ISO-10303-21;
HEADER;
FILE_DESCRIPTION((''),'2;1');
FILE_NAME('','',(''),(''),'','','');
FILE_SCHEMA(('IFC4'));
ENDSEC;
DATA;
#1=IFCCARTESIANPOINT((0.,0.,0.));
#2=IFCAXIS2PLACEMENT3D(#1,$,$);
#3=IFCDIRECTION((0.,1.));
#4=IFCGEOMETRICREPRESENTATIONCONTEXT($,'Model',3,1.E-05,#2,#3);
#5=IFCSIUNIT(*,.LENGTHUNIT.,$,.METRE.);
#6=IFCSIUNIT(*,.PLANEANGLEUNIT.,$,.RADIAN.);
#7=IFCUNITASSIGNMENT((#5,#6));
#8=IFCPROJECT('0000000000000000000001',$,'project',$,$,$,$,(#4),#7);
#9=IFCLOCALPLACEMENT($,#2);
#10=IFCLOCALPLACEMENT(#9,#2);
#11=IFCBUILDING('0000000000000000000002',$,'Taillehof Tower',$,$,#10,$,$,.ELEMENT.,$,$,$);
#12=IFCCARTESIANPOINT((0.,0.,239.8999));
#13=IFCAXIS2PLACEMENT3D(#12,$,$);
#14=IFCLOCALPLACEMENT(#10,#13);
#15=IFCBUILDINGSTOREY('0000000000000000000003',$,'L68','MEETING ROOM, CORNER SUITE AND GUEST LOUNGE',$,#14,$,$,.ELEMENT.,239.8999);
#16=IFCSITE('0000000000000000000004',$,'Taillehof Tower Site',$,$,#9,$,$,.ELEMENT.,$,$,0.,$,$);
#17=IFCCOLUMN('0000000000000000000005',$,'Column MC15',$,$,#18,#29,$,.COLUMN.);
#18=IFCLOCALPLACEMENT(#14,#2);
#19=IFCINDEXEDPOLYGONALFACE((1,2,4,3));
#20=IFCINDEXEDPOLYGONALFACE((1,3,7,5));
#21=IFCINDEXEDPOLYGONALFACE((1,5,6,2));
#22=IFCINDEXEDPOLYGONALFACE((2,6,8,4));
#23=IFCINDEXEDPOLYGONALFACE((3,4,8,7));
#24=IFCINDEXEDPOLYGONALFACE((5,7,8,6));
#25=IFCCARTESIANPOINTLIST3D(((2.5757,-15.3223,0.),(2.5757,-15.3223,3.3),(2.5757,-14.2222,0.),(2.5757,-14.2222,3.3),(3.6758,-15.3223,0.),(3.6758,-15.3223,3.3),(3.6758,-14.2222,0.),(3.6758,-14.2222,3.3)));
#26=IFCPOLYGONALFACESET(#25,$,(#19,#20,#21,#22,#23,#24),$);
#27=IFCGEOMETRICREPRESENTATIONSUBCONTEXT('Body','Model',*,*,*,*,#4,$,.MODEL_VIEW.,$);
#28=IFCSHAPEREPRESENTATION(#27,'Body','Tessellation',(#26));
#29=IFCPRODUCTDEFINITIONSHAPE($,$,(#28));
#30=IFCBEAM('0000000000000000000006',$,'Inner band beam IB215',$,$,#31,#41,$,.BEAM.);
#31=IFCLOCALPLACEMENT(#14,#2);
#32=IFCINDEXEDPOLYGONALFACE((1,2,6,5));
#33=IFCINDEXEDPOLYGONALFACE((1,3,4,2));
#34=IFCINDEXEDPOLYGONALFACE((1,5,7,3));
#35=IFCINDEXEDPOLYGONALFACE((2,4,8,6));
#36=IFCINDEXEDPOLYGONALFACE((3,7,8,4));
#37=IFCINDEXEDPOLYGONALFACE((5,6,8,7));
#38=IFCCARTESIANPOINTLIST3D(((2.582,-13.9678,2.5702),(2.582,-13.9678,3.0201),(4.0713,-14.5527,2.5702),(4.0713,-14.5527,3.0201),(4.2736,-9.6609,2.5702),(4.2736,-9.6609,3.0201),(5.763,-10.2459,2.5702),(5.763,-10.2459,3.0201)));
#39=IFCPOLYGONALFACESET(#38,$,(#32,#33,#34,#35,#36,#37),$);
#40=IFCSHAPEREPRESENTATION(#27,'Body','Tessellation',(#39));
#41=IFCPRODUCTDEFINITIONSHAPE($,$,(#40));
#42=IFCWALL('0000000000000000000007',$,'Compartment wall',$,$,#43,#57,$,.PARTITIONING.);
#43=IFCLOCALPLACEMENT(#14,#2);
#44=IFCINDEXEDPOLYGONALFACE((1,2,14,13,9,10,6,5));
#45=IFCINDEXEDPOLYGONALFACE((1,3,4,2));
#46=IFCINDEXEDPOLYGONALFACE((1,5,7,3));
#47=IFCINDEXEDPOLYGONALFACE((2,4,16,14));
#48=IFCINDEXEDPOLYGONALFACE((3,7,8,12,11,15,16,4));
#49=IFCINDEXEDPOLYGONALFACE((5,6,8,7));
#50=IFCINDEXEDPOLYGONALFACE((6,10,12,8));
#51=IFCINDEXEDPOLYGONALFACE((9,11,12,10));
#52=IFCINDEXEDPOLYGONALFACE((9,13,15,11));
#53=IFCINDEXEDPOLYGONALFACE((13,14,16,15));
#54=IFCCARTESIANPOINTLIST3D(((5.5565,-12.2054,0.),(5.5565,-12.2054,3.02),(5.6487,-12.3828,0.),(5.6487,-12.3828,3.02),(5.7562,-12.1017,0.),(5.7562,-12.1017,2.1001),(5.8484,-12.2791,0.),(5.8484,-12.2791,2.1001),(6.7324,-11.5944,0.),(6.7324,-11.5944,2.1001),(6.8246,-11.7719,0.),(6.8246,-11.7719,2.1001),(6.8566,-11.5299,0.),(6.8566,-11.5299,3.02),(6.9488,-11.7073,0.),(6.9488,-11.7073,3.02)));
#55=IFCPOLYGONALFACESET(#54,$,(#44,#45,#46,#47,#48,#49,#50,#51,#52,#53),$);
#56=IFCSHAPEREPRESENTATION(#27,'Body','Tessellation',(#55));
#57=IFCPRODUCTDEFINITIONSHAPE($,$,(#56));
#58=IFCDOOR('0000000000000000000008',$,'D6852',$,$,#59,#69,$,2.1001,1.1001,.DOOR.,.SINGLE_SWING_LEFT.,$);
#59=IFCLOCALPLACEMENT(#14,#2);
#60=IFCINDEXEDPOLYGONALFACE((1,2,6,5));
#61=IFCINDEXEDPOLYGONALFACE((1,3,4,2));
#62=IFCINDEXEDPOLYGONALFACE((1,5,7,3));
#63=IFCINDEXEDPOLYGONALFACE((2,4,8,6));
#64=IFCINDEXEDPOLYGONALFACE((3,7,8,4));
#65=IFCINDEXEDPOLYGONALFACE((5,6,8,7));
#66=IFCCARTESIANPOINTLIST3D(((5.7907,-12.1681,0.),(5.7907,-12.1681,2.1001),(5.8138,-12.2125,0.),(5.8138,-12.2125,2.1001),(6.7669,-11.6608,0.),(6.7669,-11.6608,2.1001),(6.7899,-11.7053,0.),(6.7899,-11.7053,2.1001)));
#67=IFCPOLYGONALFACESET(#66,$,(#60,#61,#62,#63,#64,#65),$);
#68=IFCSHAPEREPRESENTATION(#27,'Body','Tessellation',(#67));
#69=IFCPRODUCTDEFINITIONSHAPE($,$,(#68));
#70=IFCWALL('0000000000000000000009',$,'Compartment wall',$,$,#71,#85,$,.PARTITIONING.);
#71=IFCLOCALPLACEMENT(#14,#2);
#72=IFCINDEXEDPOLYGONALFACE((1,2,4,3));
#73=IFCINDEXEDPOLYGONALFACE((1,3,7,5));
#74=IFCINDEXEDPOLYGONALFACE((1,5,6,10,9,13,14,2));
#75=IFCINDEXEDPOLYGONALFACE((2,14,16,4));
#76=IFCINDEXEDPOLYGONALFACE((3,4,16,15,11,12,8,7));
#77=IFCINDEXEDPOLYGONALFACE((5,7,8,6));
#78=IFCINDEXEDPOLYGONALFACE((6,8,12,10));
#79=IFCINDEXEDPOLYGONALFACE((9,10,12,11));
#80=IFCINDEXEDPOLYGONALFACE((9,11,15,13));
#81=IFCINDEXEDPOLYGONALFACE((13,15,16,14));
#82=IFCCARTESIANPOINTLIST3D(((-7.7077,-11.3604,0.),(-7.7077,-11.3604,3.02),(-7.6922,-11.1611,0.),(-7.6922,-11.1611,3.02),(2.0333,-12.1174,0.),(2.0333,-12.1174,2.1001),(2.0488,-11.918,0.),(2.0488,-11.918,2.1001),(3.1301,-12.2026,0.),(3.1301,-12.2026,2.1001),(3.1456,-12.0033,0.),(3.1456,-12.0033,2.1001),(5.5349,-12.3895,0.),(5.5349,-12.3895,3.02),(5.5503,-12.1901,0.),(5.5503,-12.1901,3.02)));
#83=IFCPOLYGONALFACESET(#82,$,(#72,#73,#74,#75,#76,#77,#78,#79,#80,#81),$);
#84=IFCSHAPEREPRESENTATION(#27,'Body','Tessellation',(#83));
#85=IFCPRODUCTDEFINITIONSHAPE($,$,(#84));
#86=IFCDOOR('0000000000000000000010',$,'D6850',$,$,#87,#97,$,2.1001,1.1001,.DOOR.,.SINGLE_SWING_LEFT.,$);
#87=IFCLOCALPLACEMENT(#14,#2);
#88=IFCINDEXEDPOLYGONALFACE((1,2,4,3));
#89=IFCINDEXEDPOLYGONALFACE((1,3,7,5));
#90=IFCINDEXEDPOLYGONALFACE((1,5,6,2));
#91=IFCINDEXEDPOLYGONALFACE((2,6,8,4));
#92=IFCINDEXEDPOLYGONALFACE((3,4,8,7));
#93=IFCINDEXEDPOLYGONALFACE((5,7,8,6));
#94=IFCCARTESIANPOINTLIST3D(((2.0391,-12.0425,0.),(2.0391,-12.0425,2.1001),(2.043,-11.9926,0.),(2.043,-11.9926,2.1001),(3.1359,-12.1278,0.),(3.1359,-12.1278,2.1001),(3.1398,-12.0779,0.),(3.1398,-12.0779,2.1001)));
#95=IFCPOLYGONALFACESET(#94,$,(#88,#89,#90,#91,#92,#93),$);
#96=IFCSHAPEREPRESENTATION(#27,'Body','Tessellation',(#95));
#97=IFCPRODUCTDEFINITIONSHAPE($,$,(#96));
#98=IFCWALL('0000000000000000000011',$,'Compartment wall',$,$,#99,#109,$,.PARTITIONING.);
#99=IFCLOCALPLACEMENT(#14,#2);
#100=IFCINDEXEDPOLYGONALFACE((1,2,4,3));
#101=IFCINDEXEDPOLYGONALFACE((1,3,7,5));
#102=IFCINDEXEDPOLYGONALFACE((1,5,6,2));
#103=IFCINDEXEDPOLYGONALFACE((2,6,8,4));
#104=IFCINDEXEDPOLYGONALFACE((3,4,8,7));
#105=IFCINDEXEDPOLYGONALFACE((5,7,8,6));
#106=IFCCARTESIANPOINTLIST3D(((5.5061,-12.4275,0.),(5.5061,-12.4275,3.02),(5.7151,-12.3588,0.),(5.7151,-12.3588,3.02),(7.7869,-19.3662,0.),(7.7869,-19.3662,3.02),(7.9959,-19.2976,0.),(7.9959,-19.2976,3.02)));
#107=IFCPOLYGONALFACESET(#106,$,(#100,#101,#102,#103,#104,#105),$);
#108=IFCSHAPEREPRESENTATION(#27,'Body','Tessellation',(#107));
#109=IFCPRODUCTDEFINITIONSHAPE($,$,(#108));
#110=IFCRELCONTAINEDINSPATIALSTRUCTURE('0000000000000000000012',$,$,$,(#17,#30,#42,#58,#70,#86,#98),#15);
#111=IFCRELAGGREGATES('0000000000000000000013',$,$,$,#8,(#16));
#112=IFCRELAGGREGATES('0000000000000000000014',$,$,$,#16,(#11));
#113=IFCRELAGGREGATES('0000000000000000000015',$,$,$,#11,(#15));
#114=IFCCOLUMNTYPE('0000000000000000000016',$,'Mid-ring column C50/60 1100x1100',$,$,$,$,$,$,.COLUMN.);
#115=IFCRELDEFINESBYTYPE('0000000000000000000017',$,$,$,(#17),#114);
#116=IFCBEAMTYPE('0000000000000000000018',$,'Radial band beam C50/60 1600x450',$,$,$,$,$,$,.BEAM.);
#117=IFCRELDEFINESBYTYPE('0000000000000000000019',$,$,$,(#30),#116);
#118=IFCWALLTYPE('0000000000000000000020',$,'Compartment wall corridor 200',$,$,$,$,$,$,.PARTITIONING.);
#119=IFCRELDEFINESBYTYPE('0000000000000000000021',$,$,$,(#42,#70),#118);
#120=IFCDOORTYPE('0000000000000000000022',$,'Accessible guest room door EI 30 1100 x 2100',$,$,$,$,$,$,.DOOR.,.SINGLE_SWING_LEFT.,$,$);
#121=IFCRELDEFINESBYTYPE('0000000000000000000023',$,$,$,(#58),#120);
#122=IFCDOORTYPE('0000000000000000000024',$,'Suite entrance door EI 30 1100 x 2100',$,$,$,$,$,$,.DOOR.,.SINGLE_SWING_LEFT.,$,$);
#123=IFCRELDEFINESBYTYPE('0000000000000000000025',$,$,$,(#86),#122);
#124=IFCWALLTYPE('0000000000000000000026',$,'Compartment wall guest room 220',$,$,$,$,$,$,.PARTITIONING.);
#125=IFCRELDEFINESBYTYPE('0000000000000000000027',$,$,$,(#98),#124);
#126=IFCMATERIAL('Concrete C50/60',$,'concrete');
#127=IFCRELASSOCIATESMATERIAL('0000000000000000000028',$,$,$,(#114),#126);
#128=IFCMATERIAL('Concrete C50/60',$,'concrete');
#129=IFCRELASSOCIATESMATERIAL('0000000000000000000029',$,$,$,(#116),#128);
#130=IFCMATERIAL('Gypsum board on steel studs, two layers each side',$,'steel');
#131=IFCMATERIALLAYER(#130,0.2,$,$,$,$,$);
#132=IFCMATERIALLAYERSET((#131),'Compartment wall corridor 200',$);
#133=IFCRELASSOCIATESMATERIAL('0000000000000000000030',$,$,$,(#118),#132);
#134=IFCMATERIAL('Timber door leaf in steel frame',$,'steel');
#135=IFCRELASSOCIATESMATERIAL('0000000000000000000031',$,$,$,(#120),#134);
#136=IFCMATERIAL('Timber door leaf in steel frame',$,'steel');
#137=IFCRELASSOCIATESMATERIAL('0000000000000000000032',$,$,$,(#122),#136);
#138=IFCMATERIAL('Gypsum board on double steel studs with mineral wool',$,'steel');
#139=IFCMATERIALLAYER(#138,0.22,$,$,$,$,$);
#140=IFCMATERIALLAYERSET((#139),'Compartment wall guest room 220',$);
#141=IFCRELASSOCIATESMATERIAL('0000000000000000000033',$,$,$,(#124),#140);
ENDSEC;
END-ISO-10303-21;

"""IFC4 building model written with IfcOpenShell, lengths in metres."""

from ifc_helpers import new_model, si_unit, direction, frame, frame_2d, origin, origin_2d, place, context, subcontext, project, spatial, rectangle, extrude, material, layer, layer_set, material_profile, profile_set, type_object, element, fill, save


model = new_model("IFC4")

# Units and contexts
model_context = context("Model", 3, precision=1e-05, world=origin(), true_north=direction((0.0, 1.0)))
body_context = subcontext(model_context, "Body", "Model", "MODEL_VIEW")
ifc_project = project(units=[si_unit("LENGTHUNIT", "METRE"), si_unit("PLANEANGLEUNIT", "RADIAN")], contexts=[model_context])

# Site, building, storey
site_placement = place(None, origin())
site = spatial("IfcSite", under=ifc_project, at=site_placement, Name="Taillehof Tower Site", CompositionType="ELEMENT", RefElevation=0.0)
building_placement = place(site_placement, origin())
building = spatial("IfcBuilding", under=site, at=building_placement, Name="Taillehof Tower", CompositionType="ELEMENT")
storey_placement = place(building_placement, frame((0.0, 0.0, 239.8999)))
storey = spatial("IfcBuildingStorey", under=building, at=storey_placement, Name="L68", Description="MEETING ROOM, CORNER SUITE AND GUEST LOUNGE", CompositionType="ELEMENT", Elevation=239.8999)

# Column
ifc_material_1 = material(Name="Concrete C50/60", Category="concrete")
ifc_material_profile_1 = material_profile(ifc_material_1, rectangle(XDim=1.1001, YDim=1.1001, at=origin_2d()), Name="RC 1100x1100")
ifc_profile_set_1 = profile_set([ifc_material_profile_1], Name="Concrete C50/60")
column_type = type_object("IfcColumnType", Name="Mid-ring column C50/60 1100x1100", PredefinedType="COLUMN", material=ifc_profile_set_1)
column_placement = place(storey_placement, frame((3.1257, -14.7722, 0.0), z_axis=(0.0, 0.0, 1.0), x_axis=(1.0, 0.0, 0.0)))
element("IfcColumn", 1, at=column_placement, inside=storey, type_object=column_type, Name="Column MC15", PredefinedType="COLUMN", context=body_context, shape_type="SweptSolid", body=[
    extrude(rectangle(XDim=1.1001, YDim=1.1001, at=origin_2d()), origin(), (0.0, 0.0, 1.0), 3.3),
])

# Beam
ifc_material_2 = material(Name="Concrete C50/60", Category="concrete")
ifc_material_profile_2 = material_profile(ifc_material_2, rectangle(XDim=1.6001, YDim=0.45, at=origin_2d()), Name="RC 1600x450")
ifc_profile_set_2 = profile_set([ifc_material_profile_2], Name="Concrete C50/60")
beam_type = type_object("IfcBeamType", Name="Radial band beam C50/60 1600x450", PredefinedType="BEAM", material=ifc_profile_set_2)
beam_placement = place(storey_placement, frame((3.3267, -14.2603, 2.7952), z_axis=(0.365589, 0.930777, 0.0), x_axis=(-0.930777, 0.365589, 0.0)))
element("IfcBeam", 2, at=beam_placement, inside=storey, type_object=beam_type, Name="Inner band beam IB215", PredefinedType="BEAM", context=body_context, shape_type="SweptSolid", body=[
    extrude(rectangle(XDim=1.6001, YDim=0.45, at=origin_2d()), origin(), (0.0, 0.0, 1.0), 4.6272),
])

# Walls, openings, doors
ifc_material_3 = material(Name="Gypsum board on steel studs, two layers each side", Category="steel")
ifc_layer_1 = layer(ifc_material_3, 0.2)
ifc_layer_set_1 = layer_set([ifc_layer_1], Name="Compartment wall corridor 200")
wall_type_1 = type_object("IfcWallType", Name="Compartment wall corridor 200", PredefinedType="PARTITIONING", material=ifc_layer_set_1)
wall_1_placement = place(storey_placement, frame((6.9026, -11.6187, 0.0), z_axis=(0.0, 0.0, 1.0), x_axis=(-0.887353, -0.46109, 0.0)))
wall_1 = element("IfcWall", 3, at=wall_1_placement, inside=storey, type_object=wall_type_1, Name="Compartment wall", PredefinedType="PARTITIONING", context=body_context, shape_type="SweptSolid", body=[
    extrude(rectangle(XDim=1.4651, YDim=0.2, at=frame_2d((0.7324, 0.0))), origin(), (0.0, 0.0, 1.0), 3.02),
])
opening_1_placement = place(wall_1_placement, frame((0.1399, 0.0, 0.0)))
opening_1 = element("IfcOpeningElement", 4, at=opening_1_placement, cuts=wall_1, PredefinedType="OPENING", context=body_context, shape_type="SweptSolid", body=[
    extrude(rectangle(XDim=1.1001, YDim=2.1001, at=frame_2d((0.55, 1.05))), frame((0.0, 0.1099, 0.0), z_axis=(0.0, -1.0, 0.0), x_axis=(1.0, 0.0, 0.0)), (0.0, 0.0, 1.0), 0.22),
])
ifc_material_4 = material(Name="Timber door leaf in steel frame", Category="steel")
door_type_1 = type_object("IfcDoorType", Name="Accessible guest room door EI 30 1100 x 2100", OperationType="SINGLE_SWING_LEFT", PredefinedType="DOOR", material=ifc_material_4)
door_1_placement = place(opening_1_placement, origin())
door_1 = element("IfcDoor", 5, at=door_1_placement, inside=storey, type_object=door_type_1, Name="D6852", OperationType="SINGLE_SWING_LEFT", OverallHeight=2.1001, OverallWidth=1.1001, PredefinedType="DOOR", context=body_context, shape_type="SweptSolid", body=[
    extrude(rectangle(XDim=1.1001, YDim=2.1001, at=frame_2d((0.55, 1.05))), frame((0.0, 0.0249, 0.0), z_axis=(0.0, -1.0, 0.0), x_axis=(1.0, 0.0, 0.0)), (0.0, 0.0, 1.0), 0.05),
])
fill(opening_1, door_1)
wall_2_placement = place(storey_placement, frame((5.5425, -12.2898, 0.0), z_axis=(0.0, 0.0, 1.0), x_axis=(-0.996994, 0.077475, 0.0)))
wall_2 = element("IfcWall", 6, at=wall_2_placement, inside=storey, type_object=wall_type_1, Name="Compartment wall", PredefinedType="PARTITIONING", context=body_context, shape_type="SweptSolid", body=[
    extrude(rectangle(XDim=13.2825, YDim=0.2, at=frame_2d((6.6411, 0.0))), origin(), (0.0, 0.0, 1.0), 3.02),
])
opening_2_placement = place(wall_2_placement, frame((2.4119, 0.0, 0.0)))
opening_2 = element("IfcOpeningElement", 7, at=opening_2_placement, cuts=wall_2, PredefinedType="OPENING", context=body_context, shape_type="SweptSolid", body=[
    extrude(rectangle(XDim=1.1001, YDim=2.1001, at=frame_2d((0.55, 1.05))), frame((0.0, 0.1099, 0.0), z_axis=(0.0, -1.0, 0.0), x_axis=(1.0, 0.0, 0.0)), (0.0, 0.0, 1.0), 0.22),
])
ifc_material_5 = material(Name="Timber door leaf in steel frame", Category="steel")
door_type_2 = type_object("IfcDoorType", Name="Suite entrance door EI 30 1100 x 2100", OperationType="SINGLE_SWING_LEFT", PredefinedType="DOOR", material=ifc_material_5)
door_2_placement = place(opening_2_placement, origin())
door_2 = element("IfcDoor", 8, at=door_2_placement, inside=storey, type_object=door_type_2, Name="D6850", OperationType="SINGLE_SWING_LEFT", OverallHeight=2.1001, OverallWidth=1.1001, PredefinedType="DOOR", context=body_context, shape_type="SweptSolid", body=[
    extrude(rectangle(XDim=1.1001, YDim=2.1001, at=frame_2d((0.55, 1.05))), frame((0.0, 0.0249, 0.0), z_axis=(0.0, -1.0, 0.0), x_axis=(1.0, 0.0, 0.0)), (0.0, 0.0, 1.0), 0.05),
])
fill(opening_2, door_2)

# Wall
ifc_material_6 = material(Name="Gypsum board on double steel studs with mineral wool", Category="steel")
ifc_layer_2 = layer(ifc_material_6, 0.22)
ifc_layer_set_2 = layer_set([ifc_layer_2], Name="Compartment wall guest room 220")
wall_type_2 = type_object("IfcWallType", Name="Compartment wall guest room 220", PredefinedType="PARTITIONING", material=ifc_layer_set_2)
wall_3_placement = place(storey_placement, frame((7.8914, -19.3318, 0.0), z_axis=(0.0, 0.0, 1.0), x_axis=(-0.312264, 0.949995, 0.0)))
element("IfcWall", 9, at=wall_3_placement, inside=storey, type_object=wall_type_2, Name="Compartment wall", PredefinedType="PARTITIONING", context=body_context, shape_type="SweptSolid", body=[
    extrude(rectangle(XDim=7.304, YDim=0.22, at=frame_2d((3.6519, 0.0))), origin(), (0.0, 0.0, 1.0), 3.02),
])

save(model, "model.ifc")
